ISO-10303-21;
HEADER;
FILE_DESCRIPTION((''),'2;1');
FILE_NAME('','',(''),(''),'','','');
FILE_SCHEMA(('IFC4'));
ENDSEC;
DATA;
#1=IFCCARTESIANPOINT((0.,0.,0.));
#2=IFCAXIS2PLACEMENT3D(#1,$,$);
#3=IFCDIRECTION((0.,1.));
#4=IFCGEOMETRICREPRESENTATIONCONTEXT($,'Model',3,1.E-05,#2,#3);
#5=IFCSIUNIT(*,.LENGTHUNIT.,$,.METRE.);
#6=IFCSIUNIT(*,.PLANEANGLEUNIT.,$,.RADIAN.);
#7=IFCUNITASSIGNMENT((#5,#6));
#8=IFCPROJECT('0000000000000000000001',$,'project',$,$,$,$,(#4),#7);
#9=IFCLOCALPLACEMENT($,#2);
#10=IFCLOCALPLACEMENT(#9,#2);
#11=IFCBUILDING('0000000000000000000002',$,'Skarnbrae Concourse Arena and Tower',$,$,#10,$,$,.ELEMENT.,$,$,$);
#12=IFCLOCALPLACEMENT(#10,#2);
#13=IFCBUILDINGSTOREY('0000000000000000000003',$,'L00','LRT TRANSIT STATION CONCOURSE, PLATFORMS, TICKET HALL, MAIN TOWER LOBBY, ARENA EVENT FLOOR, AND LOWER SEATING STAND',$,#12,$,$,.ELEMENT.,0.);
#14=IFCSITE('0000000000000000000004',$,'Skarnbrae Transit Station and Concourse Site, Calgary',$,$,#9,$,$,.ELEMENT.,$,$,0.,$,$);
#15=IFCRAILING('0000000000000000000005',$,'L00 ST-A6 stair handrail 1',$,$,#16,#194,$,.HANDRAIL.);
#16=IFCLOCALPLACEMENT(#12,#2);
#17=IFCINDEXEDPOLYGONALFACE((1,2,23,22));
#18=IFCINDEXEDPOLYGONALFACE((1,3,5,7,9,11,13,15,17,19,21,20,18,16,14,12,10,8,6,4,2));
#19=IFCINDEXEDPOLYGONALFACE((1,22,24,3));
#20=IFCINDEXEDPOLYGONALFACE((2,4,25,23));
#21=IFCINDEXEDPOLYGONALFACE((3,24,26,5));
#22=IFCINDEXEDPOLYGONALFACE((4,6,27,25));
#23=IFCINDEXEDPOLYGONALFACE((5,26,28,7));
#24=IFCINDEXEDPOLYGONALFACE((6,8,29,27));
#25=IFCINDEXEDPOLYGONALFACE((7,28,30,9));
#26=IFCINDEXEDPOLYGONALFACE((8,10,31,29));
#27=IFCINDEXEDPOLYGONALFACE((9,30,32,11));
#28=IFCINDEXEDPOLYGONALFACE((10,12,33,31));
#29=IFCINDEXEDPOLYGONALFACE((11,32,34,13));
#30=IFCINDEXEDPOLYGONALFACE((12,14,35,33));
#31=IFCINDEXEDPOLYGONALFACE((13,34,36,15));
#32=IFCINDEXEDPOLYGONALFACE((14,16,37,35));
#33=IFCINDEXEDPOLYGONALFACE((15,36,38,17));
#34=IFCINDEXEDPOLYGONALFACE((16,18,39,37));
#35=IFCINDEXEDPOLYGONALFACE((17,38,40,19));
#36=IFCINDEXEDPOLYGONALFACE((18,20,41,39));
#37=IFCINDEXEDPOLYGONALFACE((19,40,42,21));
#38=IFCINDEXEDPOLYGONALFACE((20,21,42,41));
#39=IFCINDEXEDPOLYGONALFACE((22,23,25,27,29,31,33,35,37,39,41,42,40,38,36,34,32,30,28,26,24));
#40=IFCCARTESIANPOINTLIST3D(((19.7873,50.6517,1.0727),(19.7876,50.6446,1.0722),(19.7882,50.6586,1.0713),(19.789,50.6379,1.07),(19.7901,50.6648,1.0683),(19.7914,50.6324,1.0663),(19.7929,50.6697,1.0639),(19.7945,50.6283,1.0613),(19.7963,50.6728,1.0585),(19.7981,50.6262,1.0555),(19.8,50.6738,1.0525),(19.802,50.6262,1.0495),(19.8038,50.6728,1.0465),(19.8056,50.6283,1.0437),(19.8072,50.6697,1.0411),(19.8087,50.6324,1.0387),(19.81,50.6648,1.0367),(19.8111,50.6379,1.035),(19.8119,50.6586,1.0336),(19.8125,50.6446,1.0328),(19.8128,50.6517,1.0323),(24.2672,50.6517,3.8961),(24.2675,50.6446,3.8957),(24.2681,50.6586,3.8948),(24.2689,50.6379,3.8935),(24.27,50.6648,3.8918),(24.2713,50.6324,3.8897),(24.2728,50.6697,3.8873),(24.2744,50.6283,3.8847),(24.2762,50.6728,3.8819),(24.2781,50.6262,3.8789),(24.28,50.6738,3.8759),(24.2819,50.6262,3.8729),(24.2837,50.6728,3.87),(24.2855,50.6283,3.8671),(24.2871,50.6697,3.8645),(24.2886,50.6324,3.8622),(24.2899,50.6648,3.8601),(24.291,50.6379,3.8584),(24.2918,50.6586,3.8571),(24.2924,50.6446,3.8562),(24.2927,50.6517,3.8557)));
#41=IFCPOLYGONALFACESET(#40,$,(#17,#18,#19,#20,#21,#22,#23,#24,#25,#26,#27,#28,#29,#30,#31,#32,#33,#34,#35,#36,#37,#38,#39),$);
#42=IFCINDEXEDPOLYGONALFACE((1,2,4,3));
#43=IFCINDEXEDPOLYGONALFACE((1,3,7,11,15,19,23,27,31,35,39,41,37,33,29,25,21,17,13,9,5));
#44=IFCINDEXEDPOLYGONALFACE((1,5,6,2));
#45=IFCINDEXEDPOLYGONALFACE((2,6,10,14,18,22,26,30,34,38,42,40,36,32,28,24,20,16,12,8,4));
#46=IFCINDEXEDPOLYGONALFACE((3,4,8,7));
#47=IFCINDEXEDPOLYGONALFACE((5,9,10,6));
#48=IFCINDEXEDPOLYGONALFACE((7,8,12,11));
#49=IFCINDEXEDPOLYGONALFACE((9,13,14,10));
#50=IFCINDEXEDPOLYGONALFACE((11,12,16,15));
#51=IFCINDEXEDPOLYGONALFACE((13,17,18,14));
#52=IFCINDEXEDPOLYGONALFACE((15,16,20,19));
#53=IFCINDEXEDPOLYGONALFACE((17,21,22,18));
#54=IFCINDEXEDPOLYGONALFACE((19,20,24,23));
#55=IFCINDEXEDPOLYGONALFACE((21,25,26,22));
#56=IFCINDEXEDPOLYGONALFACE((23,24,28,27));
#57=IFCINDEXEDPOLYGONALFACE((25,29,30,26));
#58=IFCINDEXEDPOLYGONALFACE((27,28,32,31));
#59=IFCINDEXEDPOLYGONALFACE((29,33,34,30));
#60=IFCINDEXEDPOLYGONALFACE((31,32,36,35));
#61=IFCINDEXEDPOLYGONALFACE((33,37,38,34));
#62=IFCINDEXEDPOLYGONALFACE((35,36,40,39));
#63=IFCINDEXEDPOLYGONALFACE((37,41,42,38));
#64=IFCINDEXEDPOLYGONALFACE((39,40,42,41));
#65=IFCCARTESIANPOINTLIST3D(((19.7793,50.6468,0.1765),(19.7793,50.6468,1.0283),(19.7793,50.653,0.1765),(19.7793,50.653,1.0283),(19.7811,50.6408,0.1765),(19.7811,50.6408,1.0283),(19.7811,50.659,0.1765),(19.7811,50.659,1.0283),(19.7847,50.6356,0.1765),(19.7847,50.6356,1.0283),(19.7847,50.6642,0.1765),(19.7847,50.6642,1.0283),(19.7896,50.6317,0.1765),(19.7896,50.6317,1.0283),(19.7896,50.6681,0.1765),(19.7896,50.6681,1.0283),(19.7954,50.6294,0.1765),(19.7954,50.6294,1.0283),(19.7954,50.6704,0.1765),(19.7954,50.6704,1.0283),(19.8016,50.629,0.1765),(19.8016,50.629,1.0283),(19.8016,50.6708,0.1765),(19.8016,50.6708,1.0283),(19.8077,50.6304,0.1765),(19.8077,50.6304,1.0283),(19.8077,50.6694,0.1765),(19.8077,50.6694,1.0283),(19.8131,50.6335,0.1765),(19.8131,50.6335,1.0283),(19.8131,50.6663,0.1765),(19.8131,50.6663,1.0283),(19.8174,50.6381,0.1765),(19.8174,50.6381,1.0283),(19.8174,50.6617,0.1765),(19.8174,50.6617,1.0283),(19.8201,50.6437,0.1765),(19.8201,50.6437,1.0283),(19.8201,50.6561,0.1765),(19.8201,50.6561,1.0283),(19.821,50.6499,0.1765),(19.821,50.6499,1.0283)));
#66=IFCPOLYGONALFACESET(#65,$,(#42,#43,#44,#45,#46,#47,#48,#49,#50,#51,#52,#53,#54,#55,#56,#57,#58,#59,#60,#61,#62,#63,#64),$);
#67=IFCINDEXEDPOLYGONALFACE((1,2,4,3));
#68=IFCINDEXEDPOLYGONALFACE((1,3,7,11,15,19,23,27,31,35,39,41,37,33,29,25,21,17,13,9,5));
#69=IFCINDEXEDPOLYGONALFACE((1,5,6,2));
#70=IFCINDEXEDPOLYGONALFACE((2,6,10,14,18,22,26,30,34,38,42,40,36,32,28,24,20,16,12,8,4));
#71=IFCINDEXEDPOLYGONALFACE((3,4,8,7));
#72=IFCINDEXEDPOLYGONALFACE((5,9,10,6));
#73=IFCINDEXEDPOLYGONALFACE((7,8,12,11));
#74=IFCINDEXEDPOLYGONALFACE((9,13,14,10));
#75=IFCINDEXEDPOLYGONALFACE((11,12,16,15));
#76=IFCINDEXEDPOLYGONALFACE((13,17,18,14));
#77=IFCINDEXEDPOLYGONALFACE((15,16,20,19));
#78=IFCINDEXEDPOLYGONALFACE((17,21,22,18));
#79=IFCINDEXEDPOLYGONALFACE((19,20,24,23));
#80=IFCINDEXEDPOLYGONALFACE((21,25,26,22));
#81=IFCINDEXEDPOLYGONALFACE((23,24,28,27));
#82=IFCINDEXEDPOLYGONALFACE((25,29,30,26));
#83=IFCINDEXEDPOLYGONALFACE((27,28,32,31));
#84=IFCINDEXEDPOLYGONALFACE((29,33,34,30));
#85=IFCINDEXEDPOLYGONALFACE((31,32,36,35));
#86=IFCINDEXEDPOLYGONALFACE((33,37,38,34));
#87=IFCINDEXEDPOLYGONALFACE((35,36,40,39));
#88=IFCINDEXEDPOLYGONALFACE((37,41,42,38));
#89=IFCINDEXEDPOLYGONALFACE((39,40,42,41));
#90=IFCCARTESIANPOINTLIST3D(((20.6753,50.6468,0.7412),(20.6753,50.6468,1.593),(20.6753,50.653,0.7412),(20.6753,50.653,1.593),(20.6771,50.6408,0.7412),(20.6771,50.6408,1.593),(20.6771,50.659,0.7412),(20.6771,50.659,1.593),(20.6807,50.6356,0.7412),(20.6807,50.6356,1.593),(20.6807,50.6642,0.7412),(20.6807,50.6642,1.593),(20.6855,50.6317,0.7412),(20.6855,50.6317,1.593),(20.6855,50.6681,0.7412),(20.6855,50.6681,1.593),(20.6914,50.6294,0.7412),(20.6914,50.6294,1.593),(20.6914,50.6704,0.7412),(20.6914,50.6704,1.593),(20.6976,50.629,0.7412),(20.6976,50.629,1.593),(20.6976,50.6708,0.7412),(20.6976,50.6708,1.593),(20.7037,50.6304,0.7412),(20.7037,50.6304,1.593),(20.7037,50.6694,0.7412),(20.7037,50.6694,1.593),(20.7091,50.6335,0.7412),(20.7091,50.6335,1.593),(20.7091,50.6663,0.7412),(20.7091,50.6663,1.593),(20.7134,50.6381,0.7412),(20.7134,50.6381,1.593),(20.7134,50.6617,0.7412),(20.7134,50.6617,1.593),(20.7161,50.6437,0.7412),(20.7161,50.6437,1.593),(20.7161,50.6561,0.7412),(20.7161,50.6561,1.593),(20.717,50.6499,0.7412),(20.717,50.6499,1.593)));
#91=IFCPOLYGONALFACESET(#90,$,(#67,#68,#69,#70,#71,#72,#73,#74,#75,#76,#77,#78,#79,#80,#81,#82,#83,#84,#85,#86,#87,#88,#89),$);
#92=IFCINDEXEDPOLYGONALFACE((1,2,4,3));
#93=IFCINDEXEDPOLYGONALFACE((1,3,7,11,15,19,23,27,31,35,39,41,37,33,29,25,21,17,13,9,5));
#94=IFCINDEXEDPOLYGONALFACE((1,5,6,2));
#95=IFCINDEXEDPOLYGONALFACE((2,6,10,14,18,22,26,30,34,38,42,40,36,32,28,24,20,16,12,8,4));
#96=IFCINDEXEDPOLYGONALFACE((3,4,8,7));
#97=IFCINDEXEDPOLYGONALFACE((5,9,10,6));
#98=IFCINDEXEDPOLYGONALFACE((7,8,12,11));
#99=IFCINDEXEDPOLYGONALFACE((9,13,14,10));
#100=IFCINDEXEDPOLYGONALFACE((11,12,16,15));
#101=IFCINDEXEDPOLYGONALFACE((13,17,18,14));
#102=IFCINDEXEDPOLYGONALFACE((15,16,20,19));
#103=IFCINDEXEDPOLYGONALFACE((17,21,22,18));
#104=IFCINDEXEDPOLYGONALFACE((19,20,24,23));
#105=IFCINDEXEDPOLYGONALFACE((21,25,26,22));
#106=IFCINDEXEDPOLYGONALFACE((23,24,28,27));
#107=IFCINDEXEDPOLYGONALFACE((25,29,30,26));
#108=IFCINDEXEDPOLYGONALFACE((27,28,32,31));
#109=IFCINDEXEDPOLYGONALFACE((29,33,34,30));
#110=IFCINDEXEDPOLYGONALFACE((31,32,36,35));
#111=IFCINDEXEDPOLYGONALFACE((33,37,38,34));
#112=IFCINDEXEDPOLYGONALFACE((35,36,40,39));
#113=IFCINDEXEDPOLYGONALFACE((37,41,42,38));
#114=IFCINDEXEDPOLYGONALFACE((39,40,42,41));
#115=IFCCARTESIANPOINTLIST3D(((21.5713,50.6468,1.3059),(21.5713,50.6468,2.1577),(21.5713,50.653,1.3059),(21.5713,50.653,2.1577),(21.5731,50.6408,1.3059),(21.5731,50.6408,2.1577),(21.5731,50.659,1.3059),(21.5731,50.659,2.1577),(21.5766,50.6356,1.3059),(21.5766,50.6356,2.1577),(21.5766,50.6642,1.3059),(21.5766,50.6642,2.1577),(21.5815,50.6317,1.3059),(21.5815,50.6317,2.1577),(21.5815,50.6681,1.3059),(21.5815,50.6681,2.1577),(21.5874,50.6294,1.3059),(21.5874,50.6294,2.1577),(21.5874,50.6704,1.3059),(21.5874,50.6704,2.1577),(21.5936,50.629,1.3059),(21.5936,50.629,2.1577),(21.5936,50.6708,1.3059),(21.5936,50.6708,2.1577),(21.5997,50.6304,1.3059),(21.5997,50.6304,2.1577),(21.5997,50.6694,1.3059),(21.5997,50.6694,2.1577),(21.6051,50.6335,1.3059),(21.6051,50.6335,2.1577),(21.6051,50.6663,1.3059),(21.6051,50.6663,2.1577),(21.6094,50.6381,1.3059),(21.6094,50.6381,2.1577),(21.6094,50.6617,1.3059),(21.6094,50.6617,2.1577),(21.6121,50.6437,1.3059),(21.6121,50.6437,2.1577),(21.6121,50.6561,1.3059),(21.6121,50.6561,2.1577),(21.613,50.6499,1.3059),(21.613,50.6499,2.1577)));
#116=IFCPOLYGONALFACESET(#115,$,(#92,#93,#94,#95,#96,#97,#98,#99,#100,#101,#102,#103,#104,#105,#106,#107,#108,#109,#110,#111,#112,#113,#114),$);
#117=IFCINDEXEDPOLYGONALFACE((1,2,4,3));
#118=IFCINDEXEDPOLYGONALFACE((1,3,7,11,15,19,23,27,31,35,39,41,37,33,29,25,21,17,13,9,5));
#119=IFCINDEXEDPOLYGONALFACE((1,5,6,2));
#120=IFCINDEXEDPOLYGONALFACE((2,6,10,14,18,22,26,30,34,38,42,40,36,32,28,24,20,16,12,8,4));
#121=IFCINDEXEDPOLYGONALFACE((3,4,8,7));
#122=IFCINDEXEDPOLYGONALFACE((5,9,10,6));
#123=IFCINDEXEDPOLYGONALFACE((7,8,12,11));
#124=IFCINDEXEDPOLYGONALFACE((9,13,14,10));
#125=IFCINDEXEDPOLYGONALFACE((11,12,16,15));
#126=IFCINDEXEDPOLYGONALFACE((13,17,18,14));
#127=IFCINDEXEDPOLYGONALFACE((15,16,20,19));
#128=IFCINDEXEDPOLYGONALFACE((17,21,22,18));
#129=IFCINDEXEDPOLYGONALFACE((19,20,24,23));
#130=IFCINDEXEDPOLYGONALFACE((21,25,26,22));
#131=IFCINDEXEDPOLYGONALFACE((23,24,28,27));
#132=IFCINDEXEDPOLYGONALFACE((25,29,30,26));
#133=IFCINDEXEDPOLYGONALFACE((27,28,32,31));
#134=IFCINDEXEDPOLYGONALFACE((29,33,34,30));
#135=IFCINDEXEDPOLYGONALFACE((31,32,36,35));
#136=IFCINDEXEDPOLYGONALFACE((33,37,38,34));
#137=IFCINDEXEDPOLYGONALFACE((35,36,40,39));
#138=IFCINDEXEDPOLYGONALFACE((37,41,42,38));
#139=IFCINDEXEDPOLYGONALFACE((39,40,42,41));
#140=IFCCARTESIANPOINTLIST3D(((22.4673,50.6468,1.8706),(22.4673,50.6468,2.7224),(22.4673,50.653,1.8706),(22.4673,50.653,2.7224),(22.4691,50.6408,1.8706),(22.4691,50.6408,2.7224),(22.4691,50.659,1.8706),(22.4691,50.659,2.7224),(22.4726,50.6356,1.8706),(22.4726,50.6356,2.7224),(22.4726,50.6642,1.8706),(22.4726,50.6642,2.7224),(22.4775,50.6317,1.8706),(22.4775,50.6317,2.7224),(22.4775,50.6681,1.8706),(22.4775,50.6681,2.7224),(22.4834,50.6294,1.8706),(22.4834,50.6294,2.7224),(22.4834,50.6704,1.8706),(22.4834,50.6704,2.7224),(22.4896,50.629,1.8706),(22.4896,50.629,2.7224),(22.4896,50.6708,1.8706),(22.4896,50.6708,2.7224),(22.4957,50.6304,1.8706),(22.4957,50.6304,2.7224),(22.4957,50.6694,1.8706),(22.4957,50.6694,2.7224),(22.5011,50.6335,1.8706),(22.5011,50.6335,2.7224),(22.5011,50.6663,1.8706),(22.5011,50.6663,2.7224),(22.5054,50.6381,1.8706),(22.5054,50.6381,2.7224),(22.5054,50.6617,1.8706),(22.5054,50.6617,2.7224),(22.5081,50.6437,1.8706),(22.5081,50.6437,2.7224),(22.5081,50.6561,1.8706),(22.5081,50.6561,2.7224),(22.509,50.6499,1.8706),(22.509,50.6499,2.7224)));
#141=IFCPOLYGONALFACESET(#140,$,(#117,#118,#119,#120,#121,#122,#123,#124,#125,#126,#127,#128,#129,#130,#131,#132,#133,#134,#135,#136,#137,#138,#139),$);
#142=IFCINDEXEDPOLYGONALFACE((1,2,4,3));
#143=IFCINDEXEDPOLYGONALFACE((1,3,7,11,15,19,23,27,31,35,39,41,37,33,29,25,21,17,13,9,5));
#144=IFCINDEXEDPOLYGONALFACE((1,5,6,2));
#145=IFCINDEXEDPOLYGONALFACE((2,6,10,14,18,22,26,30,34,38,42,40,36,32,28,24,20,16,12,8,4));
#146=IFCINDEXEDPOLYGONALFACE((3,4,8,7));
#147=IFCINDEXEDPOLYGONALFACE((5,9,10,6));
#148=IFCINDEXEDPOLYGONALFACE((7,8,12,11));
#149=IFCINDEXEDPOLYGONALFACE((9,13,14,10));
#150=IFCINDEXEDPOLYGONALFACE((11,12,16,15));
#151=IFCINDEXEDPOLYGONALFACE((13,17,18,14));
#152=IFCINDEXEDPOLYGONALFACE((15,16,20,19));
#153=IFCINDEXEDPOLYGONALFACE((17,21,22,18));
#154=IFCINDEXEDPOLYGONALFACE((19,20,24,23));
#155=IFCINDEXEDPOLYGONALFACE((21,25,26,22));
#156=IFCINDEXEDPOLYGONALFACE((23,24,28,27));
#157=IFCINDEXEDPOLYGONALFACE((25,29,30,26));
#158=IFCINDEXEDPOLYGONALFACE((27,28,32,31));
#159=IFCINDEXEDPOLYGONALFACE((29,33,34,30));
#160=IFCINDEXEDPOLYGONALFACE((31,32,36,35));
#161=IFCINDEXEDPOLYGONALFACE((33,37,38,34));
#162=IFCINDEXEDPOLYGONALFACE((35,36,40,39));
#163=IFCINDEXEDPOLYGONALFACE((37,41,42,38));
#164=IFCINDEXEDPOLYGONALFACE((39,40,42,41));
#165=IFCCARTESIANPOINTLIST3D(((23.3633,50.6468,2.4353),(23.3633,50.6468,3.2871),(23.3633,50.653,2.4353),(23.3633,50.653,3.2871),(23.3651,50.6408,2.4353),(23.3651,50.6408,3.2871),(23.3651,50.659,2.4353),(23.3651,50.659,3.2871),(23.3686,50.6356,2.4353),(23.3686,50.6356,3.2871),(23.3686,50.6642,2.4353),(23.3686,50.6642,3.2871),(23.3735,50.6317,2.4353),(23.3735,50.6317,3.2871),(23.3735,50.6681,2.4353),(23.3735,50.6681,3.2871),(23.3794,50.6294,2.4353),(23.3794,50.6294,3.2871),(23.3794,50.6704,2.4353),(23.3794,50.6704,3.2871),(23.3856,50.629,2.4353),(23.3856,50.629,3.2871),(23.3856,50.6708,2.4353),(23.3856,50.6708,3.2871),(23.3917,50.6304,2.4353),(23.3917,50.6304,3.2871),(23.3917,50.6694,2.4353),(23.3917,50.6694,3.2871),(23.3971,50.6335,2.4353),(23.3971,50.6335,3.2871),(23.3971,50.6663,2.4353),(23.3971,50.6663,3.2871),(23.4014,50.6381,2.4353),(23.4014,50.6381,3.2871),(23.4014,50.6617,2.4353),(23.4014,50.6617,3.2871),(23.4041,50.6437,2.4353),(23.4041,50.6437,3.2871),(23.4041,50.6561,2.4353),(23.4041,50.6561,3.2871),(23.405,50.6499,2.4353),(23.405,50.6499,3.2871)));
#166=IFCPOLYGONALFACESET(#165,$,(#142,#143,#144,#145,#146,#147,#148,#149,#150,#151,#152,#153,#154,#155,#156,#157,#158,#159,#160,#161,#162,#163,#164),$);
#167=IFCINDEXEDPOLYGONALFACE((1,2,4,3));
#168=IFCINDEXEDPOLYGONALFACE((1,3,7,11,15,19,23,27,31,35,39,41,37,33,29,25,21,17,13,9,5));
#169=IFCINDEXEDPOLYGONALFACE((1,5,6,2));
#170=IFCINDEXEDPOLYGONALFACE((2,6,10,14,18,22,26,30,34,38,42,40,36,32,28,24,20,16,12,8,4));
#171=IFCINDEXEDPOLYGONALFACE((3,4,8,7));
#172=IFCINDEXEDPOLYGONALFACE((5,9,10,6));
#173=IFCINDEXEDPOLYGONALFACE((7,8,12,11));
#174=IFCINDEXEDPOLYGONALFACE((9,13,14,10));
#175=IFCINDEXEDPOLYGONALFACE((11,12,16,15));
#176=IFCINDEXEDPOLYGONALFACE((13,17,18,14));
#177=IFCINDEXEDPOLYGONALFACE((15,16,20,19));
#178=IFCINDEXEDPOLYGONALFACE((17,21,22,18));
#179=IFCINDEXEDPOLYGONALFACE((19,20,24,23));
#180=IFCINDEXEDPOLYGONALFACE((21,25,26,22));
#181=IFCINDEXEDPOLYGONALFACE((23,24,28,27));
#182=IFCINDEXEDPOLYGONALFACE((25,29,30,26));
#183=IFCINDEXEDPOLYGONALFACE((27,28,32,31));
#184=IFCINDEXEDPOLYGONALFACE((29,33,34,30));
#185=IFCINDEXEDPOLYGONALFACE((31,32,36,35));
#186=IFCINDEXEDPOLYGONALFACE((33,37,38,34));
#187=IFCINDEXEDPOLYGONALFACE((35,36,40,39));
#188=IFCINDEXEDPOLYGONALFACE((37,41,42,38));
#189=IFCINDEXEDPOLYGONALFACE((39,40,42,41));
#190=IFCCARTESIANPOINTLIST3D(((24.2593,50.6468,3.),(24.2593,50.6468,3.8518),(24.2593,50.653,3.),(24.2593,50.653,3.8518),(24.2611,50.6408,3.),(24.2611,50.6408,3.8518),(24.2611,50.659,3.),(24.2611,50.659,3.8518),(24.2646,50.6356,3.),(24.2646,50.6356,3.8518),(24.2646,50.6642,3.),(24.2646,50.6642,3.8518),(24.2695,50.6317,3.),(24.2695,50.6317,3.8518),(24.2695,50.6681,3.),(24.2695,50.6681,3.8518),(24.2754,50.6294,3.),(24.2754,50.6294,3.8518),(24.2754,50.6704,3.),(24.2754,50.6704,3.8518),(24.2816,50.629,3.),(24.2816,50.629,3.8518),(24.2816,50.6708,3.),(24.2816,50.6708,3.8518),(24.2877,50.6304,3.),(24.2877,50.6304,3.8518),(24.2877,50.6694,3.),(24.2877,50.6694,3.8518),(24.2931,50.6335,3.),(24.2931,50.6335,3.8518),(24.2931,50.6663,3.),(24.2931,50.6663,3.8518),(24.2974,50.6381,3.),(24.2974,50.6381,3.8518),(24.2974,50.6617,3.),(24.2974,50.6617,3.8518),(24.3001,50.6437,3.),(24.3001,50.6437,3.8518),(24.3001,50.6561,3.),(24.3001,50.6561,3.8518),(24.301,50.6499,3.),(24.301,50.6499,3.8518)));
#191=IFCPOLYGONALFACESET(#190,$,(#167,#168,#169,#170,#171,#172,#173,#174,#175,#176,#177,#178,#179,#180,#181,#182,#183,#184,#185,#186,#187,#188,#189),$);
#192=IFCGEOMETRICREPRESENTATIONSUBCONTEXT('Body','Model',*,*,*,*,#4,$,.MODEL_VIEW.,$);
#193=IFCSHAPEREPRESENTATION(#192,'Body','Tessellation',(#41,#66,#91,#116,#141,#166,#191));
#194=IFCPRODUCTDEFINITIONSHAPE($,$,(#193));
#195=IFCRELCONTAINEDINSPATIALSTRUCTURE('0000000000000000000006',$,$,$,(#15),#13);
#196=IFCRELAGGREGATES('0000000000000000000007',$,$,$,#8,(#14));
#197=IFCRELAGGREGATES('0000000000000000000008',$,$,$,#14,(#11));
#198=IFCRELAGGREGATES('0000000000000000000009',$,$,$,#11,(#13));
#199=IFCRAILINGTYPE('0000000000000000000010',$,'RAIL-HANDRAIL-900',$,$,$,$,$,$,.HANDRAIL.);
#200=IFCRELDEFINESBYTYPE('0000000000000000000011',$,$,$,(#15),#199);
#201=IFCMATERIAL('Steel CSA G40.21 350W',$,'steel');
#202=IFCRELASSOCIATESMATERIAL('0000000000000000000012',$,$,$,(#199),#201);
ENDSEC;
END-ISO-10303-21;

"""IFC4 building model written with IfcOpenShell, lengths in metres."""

from ifc_helpers import new_model, si_unit, direction, frame, origin, origin_2d, place, context, subcontext, project, spatial, circle, extrude, material, type_object, element, save


model = new_model("IFC4")

# Units and contexts
model_context = context("Model", 3, precision=1e-05, world=origin(), true_north=direction((0.0, 1.0)))
body_context = subcontext(model_context, "Body", "Model", "MODEL_VIEW")
ifc_project = project(units=[si_unit("LENGTHUNIT", "METRE"), si_unit("PLANEANGLEUNIT", "RADIAN")], contexts=[model_context])

# Site, building, storey
site_placement = place(None, origin())
site = spatial("IfcSite", under=ifc_project, at=site_placement, Name="Skarnbrae Transit Station and Concourse Site, Calgary", CompositionType="ELEMENT", RefElevation=0.0)
building_placement = place(site_placement, origin())
building = spatial("IfcBuilding", under=site, at=building_placement, Name="Skarnbrae Concourse Arena and Tower", CompositionType="ELEMENT")
storey_placement = place(building_placement, origin())
storey = spatial("IfcBuildingStorey", under=building, at=storey_placement, Name="L00", Description="LRT TRANSIT STATION CONCOURSE, PLATFORMS, TICKET HALL, MAIN TOWER LOBBY, ARENA EVENT FLOOR, AND LOWER SEATING STAND", CompositionType="ELEMENT", Elevation=0.0)

# Shared definitions
ifc_material_1 = material(Name="Steel CSA G40.21 350W", Category="steel")

# Railing
railing_type_1 = type_object("IfcRailingType", Name="RAIL-HANDRAIL-900", PredefinedType="HANDRAIL", material=ifc_material_1)
railing_1_placement = place(storey_placement, frame((19.8, 50.6499, 0.1765)))
element("IfcRailing", 1, at=railing_1_placement, inside=storey, type_object=railing_type_1, Name="L00 ST-A6 stair handrail 1", PredefinedType="HANDRAIL", context=body_context, shape_type="SweptSolid", body=[
    extrude(circle(Radius=0.0239, at=origin_2d()), frame((0.0, 0.0, 0.876), z_axis=(0.845998, 0.0, 0.533186), x_axis=(0.0, 1.0, 0.0)), (0.0, 0.0, 1.0), 5.2954),
    extrude(circle(Radius=0.021, at=origin_2d()), origin(), (0.0, 0.0, 1.0), 0.8518),
    extrude(circle(Radius=0.021, at=origin_2d()), frame((0.896, 0.0, 0.5647)), (0.0, 0.0, 1.0), 0.8518),
    extrude(circle(Radius=0.021, at=origin_2d()), frame((1.792, 0.0, 1.1294)), (0.0, 0.0, 1.0), 0.8518),
    extrude(circle(Radius=0.021, at=origin_2d()), frame((2.688, 0.0, 1.6941)), (0.0, 0.0, 1.0), 0.8518),
    extrude(circle(Radius=0.021, at=origin_2d()), frame((3.584, 0.0, 2.2588)), (0.0, 0.0, 1.0), 0.8518),
    extrude(circle(Radius=0.021, at=origin_2d()), frame((4.48, 0.0, 2.8235)), (0.0, 0.0, 1.0), 0.8518),
])

save(model, "model.ifc")
